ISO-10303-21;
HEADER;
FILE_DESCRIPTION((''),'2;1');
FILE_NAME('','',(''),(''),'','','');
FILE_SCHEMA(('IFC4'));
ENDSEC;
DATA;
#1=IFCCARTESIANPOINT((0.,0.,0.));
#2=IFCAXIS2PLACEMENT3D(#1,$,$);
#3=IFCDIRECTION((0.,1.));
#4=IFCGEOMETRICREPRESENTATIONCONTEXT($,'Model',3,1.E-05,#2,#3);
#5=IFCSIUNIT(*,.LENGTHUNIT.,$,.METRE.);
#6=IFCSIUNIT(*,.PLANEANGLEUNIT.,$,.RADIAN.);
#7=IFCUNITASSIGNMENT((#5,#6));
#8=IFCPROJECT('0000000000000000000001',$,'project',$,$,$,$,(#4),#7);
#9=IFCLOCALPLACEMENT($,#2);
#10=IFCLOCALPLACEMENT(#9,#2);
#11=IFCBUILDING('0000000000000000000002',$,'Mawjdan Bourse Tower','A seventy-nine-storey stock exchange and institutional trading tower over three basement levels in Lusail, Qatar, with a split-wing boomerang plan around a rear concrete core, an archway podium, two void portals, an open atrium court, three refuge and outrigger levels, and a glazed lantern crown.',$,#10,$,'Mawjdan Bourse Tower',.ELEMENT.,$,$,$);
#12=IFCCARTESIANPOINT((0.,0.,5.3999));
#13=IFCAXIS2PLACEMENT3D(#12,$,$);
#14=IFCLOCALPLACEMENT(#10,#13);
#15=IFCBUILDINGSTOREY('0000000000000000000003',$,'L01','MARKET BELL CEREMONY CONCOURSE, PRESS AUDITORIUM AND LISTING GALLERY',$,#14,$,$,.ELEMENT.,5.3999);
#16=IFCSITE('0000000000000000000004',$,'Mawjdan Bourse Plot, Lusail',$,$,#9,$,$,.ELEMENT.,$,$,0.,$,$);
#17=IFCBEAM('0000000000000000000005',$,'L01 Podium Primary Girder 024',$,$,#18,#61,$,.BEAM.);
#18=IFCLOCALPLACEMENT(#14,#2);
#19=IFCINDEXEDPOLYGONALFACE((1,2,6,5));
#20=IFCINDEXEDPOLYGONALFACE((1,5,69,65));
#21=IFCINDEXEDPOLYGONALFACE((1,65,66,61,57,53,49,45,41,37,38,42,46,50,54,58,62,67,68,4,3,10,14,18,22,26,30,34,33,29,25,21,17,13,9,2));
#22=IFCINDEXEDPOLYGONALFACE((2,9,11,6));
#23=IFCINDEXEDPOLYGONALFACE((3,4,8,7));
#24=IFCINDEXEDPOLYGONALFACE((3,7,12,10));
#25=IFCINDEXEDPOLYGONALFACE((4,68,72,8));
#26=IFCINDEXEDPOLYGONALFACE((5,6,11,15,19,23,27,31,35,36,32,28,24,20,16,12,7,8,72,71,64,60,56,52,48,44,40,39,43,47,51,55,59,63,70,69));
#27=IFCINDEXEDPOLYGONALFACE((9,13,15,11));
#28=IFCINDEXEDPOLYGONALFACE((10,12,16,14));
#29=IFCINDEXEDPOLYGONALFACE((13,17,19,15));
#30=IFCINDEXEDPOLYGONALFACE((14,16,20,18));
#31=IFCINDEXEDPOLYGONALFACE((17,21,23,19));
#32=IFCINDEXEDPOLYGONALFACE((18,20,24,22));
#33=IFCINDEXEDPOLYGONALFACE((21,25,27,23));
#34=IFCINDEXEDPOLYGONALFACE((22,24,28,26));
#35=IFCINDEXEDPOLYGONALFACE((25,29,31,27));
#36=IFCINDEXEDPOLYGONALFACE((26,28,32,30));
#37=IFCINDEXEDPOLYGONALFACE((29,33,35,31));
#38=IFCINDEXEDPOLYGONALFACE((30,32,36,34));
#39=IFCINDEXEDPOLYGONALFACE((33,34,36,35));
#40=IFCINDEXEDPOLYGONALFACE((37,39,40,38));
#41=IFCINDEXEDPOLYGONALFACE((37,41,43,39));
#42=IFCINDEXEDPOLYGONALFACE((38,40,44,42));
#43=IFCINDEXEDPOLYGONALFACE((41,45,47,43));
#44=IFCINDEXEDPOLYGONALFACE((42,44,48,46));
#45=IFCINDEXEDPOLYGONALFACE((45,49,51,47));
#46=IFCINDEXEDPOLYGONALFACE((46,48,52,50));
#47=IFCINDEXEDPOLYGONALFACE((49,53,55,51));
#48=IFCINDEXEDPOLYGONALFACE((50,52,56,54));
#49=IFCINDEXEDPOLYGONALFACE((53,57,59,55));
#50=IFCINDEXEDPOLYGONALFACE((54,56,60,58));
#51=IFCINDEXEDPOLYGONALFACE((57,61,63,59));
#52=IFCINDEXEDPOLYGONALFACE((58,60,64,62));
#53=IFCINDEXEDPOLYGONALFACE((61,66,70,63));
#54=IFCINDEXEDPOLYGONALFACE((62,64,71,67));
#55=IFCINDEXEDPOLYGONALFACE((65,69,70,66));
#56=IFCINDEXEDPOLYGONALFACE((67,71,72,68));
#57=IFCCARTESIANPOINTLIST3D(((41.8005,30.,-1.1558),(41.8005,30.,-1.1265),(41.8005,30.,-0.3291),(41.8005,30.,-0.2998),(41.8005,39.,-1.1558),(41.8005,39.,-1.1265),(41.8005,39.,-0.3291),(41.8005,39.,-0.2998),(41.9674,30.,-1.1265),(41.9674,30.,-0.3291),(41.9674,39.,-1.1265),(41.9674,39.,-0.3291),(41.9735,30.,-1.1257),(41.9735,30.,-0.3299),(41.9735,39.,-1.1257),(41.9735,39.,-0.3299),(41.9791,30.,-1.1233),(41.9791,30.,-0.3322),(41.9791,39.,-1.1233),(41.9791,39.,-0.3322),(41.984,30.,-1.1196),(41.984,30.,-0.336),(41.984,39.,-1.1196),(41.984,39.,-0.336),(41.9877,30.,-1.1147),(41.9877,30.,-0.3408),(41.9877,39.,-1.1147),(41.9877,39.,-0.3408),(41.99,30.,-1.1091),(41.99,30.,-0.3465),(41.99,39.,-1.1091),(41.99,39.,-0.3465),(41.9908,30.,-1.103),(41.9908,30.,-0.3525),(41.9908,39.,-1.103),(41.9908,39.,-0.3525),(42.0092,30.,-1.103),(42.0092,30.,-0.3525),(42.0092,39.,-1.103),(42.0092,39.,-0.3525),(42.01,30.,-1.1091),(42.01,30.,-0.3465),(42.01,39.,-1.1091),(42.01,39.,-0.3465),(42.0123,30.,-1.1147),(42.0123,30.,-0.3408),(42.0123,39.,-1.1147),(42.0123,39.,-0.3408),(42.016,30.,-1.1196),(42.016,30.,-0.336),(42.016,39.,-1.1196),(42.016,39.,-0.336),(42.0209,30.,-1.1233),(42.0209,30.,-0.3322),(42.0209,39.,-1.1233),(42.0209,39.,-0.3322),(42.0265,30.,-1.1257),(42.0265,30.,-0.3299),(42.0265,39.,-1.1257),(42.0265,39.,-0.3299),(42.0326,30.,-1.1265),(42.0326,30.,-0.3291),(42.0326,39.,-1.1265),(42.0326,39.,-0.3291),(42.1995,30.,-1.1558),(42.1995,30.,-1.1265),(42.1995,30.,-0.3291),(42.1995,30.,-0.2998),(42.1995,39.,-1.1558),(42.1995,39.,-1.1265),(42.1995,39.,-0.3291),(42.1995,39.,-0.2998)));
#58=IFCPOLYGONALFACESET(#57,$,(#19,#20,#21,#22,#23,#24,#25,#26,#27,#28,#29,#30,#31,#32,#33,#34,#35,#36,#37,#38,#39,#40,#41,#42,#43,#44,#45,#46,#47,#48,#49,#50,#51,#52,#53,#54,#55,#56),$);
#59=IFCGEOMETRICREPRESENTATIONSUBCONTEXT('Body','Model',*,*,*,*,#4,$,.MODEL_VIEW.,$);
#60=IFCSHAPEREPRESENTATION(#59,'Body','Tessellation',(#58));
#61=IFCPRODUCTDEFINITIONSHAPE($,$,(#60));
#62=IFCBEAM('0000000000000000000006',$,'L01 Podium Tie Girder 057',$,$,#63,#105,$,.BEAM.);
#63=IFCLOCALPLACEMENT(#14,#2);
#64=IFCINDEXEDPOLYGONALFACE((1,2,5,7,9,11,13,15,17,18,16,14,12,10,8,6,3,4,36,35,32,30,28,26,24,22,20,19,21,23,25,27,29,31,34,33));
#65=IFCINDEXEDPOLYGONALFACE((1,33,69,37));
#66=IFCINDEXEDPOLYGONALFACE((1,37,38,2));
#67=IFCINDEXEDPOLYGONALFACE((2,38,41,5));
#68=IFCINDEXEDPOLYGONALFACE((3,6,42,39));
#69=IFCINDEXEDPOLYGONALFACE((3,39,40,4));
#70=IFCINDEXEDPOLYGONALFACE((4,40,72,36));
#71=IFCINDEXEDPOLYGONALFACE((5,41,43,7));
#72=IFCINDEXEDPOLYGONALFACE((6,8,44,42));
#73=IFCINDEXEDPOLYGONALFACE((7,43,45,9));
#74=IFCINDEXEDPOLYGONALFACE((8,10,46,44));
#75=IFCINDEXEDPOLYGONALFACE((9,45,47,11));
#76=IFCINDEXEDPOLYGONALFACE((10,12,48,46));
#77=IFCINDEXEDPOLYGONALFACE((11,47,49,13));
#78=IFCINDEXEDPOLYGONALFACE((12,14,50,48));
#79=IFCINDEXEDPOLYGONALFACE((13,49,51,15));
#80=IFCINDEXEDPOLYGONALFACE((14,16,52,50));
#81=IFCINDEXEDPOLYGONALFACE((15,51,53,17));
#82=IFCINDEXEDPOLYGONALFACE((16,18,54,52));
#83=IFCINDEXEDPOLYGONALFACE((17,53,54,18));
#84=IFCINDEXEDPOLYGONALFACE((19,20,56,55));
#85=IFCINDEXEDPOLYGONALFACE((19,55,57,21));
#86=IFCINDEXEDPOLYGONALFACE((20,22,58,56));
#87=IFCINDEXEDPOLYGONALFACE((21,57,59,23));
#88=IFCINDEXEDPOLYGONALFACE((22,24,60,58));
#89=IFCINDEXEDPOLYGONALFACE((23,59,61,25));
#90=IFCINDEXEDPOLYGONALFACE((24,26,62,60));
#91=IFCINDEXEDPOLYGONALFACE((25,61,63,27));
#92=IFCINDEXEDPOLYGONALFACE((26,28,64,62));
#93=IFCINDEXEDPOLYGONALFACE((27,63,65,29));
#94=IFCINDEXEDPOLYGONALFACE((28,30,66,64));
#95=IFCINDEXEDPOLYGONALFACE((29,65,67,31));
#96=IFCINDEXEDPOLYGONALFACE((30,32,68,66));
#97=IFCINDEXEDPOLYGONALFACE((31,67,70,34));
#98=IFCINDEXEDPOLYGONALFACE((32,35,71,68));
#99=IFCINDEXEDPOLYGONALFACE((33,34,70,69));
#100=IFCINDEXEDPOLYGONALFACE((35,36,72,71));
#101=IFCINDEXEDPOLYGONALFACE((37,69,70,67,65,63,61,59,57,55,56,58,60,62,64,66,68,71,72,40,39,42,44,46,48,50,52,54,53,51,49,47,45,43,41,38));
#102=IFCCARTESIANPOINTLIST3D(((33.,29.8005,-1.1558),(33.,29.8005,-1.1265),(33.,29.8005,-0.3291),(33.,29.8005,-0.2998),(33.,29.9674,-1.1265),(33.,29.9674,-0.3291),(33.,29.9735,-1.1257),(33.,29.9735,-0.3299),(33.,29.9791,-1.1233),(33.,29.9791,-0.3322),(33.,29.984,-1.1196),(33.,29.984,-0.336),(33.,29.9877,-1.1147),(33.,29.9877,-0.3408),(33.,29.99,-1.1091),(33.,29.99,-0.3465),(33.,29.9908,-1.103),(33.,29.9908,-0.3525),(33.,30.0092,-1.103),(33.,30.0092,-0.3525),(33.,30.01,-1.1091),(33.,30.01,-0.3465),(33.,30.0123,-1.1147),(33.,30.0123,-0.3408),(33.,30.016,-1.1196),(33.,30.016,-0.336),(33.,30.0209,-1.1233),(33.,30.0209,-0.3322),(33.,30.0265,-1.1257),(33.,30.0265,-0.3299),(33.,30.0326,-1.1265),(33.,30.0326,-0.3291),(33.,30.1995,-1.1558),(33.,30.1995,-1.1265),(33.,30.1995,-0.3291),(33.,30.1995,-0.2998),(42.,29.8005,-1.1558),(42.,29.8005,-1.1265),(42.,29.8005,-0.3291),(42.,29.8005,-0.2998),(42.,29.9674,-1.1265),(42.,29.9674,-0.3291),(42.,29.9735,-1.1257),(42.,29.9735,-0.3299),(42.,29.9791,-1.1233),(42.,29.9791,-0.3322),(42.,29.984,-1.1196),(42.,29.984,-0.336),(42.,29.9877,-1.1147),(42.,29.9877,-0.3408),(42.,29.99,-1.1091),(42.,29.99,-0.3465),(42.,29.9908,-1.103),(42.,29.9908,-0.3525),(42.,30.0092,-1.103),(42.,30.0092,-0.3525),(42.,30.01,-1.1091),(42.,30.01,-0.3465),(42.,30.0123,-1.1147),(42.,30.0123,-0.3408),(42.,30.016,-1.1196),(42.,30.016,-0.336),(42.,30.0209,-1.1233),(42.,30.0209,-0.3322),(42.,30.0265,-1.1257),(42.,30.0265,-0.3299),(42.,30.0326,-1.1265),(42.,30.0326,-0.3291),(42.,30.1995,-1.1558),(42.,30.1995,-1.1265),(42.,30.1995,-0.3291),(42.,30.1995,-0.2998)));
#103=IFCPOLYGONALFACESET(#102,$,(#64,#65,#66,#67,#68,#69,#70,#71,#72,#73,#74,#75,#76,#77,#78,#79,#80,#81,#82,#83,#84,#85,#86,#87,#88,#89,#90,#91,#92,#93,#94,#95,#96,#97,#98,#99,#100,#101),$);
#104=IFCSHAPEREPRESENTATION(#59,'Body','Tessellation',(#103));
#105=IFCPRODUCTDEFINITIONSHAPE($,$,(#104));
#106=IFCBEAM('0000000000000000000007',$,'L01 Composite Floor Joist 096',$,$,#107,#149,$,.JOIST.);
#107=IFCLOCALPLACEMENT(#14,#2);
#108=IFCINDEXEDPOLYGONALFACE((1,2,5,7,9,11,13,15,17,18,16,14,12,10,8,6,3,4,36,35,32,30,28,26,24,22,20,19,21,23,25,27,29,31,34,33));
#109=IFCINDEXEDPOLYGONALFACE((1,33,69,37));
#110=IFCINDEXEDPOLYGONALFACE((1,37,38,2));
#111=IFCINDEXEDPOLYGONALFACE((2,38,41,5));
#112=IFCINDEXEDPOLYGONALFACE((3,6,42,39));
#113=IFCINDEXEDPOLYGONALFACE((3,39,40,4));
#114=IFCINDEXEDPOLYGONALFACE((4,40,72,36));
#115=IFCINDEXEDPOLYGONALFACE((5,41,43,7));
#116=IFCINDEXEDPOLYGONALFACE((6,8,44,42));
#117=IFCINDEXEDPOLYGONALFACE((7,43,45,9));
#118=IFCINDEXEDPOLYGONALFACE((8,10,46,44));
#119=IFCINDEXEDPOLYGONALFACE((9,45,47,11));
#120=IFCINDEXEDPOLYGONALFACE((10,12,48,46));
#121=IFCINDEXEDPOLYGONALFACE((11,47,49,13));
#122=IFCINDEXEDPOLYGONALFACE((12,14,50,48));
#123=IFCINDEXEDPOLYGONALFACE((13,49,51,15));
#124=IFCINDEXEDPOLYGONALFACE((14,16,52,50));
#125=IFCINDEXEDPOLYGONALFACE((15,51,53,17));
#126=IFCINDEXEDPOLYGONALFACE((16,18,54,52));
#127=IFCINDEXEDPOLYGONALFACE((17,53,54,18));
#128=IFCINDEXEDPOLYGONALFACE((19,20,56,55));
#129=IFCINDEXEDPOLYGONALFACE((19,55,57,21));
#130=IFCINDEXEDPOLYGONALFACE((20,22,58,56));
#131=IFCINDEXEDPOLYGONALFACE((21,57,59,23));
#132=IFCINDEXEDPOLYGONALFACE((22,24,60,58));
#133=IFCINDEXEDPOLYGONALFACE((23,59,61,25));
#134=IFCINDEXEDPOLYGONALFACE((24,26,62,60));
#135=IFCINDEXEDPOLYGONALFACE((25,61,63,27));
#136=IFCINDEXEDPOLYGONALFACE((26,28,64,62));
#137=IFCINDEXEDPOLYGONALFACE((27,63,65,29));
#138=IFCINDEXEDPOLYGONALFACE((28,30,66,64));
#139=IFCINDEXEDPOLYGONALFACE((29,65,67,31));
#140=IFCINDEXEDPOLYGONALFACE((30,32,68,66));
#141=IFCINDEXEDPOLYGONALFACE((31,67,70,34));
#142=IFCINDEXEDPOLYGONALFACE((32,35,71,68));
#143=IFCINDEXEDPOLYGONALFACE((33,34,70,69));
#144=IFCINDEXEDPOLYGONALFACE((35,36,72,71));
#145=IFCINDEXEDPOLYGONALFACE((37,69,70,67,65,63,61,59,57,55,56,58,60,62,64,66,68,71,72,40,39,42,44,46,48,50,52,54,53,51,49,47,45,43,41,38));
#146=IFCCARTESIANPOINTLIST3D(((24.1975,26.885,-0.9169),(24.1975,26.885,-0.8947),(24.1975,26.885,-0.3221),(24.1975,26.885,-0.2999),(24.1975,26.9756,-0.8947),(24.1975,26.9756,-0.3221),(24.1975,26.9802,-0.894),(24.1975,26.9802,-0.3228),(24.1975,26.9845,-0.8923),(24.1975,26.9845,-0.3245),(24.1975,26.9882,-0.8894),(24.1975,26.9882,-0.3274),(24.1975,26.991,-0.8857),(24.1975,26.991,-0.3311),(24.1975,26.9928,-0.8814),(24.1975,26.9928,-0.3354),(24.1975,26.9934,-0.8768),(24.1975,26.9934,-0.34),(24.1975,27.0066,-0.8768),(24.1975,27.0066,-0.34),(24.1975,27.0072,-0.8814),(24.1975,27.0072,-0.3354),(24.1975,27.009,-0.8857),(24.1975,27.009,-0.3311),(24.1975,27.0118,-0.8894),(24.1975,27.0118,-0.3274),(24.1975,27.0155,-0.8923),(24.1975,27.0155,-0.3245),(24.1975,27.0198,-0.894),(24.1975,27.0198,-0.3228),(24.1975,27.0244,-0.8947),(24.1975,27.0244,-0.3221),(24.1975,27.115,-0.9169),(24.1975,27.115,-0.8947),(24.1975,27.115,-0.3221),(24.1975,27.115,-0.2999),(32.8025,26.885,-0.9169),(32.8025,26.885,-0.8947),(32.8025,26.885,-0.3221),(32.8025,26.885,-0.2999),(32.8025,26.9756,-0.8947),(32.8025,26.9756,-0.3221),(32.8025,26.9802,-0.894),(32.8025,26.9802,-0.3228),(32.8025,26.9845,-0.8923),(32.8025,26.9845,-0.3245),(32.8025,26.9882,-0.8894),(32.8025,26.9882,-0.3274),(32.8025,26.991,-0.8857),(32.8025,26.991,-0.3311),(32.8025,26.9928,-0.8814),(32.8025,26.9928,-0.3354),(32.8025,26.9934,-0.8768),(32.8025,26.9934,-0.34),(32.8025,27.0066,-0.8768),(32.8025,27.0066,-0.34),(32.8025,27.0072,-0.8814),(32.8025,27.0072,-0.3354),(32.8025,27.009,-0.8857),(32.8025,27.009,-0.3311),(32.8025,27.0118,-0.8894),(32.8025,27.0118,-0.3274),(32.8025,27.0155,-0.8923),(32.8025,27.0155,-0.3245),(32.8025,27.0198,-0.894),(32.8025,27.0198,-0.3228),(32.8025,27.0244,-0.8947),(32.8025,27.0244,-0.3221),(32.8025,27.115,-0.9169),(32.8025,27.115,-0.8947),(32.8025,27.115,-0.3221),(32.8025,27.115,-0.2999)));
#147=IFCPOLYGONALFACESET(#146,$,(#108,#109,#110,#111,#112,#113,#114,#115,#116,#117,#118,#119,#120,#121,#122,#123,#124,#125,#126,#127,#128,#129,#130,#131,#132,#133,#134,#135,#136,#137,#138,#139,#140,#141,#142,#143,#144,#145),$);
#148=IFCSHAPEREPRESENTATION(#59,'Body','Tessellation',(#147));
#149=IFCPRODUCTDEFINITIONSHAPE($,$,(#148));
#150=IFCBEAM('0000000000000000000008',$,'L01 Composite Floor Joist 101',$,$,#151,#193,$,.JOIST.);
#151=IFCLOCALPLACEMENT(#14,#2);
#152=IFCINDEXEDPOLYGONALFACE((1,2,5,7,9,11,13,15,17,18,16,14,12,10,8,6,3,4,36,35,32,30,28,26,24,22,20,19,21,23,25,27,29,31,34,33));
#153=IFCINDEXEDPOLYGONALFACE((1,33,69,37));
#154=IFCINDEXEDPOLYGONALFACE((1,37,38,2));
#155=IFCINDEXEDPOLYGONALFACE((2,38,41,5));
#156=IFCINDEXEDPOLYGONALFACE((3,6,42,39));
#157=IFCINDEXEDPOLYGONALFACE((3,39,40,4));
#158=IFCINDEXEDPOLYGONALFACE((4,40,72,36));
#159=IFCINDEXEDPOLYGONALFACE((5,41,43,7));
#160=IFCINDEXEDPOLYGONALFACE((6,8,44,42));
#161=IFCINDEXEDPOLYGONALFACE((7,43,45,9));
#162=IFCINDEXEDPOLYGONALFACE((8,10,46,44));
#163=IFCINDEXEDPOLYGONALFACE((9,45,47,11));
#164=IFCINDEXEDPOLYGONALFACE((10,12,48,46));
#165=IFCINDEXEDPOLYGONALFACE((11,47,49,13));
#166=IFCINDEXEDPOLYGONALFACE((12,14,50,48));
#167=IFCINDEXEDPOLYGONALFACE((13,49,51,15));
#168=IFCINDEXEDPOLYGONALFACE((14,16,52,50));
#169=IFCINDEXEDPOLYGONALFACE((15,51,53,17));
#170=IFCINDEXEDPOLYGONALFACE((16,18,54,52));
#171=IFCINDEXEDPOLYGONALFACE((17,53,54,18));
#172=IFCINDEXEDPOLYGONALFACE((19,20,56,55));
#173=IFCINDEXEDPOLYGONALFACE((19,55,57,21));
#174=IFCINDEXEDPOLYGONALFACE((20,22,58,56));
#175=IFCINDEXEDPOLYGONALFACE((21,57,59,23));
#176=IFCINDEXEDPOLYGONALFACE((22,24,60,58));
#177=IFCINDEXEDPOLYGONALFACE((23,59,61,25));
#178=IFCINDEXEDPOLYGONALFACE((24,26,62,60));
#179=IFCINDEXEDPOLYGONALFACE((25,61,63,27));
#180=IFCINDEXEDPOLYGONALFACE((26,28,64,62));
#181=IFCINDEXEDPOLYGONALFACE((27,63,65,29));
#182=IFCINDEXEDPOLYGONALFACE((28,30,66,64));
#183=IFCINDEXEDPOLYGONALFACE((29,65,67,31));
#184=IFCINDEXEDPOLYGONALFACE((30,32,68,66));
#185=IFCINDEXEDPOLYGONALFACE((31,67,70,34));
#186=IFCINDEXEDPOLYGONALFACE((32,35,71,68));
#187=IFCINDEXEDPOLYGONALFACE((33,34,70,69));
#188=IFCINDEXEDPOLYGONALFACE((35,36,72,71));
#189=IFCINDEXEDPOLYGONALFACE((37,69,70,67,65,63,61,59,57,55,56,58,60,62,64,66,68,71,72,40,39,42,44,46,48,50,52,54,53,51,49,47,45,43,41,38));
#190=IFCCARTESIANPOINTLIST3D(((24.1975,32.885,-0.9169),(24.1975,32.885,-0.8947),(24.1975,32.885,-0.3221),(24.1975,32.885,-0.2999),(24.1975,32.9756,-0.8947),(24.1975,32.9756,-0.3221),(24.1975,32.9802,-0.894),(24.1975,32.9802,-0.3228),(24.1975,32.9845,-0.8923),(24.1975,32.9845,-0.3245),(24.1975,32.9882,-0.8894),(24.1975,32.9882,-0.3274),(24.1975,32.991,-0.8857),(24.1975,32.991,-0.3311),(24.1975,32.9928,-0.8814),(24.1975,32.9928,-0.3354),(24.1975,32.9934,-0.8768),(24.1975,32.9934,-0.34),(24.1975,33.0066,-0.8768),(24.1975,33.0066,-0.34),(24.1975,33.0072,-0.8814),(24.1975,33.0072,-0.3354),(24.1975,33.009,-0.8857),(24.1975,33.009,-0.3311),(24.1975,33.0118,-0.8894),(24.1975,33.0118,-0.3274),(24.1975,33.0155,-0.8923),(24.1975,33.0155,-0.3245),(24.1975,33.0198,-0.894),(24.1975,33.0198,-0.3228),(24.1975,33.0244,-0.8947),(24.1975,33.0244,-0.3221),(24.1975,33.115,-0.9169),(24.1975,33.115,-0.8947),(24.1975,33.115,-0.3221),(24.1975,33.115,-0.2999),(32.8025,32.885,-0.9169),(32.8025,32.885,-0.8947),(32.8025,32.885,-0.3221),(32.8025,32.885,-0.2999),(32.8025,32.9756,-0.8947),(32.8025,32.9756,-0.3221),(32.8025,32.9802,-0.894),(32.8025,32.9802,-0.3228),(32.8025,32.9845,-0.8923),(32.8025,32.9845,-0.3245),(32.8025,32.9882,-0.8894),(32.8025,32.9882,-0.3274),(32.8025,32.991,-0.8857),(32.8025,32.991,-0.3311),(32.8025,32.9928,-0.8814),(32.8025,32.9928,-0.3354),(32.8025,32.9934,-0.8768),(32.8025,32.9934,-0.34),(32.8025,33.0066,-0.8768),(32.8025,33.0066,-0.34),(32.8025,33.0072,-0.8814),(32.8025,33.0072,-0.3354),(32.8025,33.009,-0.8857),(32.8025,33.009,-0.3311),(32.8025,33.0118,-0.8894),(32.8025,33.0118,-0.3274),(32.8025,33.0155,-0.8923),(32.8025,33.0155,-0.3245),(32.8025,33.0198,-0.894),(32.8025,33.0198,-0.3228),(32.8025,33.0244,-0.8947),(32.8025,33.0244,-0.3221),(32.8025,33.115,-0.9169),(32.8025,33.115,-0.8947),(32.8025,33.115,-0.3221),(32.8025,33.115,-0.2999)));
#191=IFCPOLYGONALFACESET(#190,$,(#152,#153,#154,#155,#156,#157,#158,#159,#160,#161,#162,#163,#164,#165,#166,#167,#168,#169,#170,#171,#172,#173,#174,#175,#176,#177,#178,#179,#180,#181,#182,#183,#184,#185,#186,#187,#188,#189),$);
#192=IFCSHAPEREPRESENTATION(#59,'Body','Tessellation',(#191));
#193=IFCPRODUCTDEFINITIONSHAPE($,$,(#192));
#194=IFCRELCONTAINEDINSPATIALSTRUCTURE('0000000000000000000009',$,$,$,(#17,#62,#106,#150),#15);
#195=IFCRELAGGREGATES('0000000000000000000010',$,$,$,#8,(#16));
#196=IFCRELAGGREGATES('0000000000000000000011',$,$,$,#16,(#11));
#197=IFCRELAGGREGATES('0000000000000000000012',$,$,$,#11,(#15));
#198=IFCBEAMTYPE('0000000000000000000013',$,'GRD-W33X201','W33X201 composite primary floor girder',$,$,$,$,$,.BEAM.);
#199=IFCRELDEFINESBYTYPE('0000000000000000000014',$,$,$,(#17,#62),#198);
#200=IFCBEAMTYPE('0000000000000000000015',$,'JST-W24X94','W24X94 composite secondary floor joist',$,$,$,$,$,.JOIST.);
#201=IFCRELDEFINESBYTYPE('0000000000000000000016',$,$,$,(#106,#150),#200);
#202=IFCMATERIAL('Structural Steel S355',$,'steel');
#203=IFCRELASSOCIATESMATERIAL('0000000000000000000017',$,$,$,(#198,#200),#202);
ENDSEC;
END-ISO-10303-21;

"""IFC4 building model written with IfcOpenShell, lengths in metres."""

from ifc_helpers import new_model, si_unit, direction, frame, origin, origin_2d, place, context, subcontext, project, spatial, i_section, extrude, material, material_profile, profile_set, type_object, element, save


model = new_model("IFC4")

# Units and contexts
model_context = context("Model", 3, precision=1e-05, world=origin(), true_north=direction((0.0, 1.0)))
body_context = subcontext(model_context, "Body", "Model", "MODEL_VIEW")
ifc_project = project(units=[si_unit("LENGTHUNIT", "METRE"), si_unit("PLANEANGLEUNIT", "RADIAN")], contexts=[model_context])

# Site, building, storey
site_placement = place(None, origin())
site = spatial("IfcSite", under=ifc_project, at=site_placement, Name="Mawjdan Bourse Plot, Lusail", CompositionType="ELEMENT", RefElevation=0.0)
building_placement = place(site_placement, origin())
building = spatial("IfcBuilding", under=site, at=building_placement, Name="Mawjdan Bourse Tower", Description="A seventy-nine-storey stock exchange and institutional trading tower over three basement levels in Lusail, Qatar, with a split-wing boomerang plan around a rear concrete core, an archway podium, two void portals, an open atrium court, three refuge and outrigger levels, and a glazed lantern crown.", LongName="Mawjdan Bourse Tower", CompositionType="ELEMENT")
storey_placement = place(building_placement, frame((0.0, 0.0, 5.3999)))
storey = spatial("IfcBuildingStorey", under=building, at=storey_placement, Name="L01", Description="MARKET BELL CEREMONY CONCOURSE, PRESS AUDITORIUM AND LISTING GALLERY", CompositionType="ELEMENT", Elevation=5.3999)

# Beams
ifc_material_1 = material(Name="Structural Steel S355", Category="steel")
ifc_material_profile_1 = material_profile(ifc_material_1, i_section(OverallWidth=0.3989, OverallDepth=0.856, WebThickness=0.0183, FlangeThickness=0.0293, FilletRadius=0.0234, at=origin_2d()), Name="W33X201")
ifc_profile_set_1 = profile_set([ifc_material_profile_1], Name="Structural Steel S355")
beam_type_1 = type_object("IfcBeamType", Name="GRD-W33X201", Description="W33X201 composite primary floor girder", PredefinedType="BEAM", material=ifc_profile_set_1)
for number, where, z_axis, x_axis, name in (
    (1, (42.0, 30.0, -0.7278), (0.0, 1.0, 0.0), (-1.0, 0.0, 0.0), "L01 Podium Primary Girder 024"),
    (2, (33.0, 30.0, -0.7278), (1.0, 0.0, 0.0), (0.0, 1.0, 0.0), "L01 Podium Tie Girder 057"),
):
    element("IfcBeam", number, at=place(storey_placement, frame(where, z_axis=z_axis, x_axis=x_axis)), inside=storey, type_object=beam_type_1, Name=name, PredefinedType="BEAM", context=body_context, shape_type="SweptSolid", body=[
        extrude(i_section(OverallWidth=0.3989, OverallDepth=0.856, WebThickness=0.0183, FlangeThickness=0.0293, FilletRadius=0.0234, at=origin_2d()), origin(), (0.0, 0.0, 1.0), 9.0),
    ])
ifc_material_profile_2 = material_profile(ifc_material_1, i_section(OverallWidth=0.23, OverallDepth=0.6169, WebThickness=0.0132, FlangeThickness=0.0222, FilletRadius=0.0178, at=origin_2d()), Name="W24X94")
ifc_profile_set_2 = profile_set([ifc_material_profile_2], Name="Structural Steel S355")
beam_type_2 = type_object("IfcBeamType", Name="JST-W24X94", Description="W24X94 composite secondary floor joist", PredefinedType="JOIST", material=ifc_profile_set_2)
for number, where, z_axis, x_axis, name in (
    (3, (24.1975, 27.0, -0.6084), (1.0, 0.0, 0.0), (0.0, 1.0, 0.0), "L01 Composite Floor Joist 096"),
    (4, (24.1975, 33.0, -0.6084), (1.0, 0.0, 0.0), (0.0, 1.0, 0.0), "L01 Composite Floor Joist 101"),
):
    element("IfcBeam", number, at=place(storey_placement, frame(where, z_axis=z_axis, x_axis=x_axis)), inside=storey, type_object=beam_type_2, Name=name, PredefinedType="JOIST", context=body_context, shape_type="SweptSolid", body=[
        extrude(i_section(OverallWidth=0.23, OverallDepth=0.6169, WebThickness=0.0132, FlangeThickness=0.0222, FilletRadius=0.0178, at=origin_2d()), origin(), (0.0, 0.0, 1.0), 8.605),
    ])

save(model, "model.ifc")
